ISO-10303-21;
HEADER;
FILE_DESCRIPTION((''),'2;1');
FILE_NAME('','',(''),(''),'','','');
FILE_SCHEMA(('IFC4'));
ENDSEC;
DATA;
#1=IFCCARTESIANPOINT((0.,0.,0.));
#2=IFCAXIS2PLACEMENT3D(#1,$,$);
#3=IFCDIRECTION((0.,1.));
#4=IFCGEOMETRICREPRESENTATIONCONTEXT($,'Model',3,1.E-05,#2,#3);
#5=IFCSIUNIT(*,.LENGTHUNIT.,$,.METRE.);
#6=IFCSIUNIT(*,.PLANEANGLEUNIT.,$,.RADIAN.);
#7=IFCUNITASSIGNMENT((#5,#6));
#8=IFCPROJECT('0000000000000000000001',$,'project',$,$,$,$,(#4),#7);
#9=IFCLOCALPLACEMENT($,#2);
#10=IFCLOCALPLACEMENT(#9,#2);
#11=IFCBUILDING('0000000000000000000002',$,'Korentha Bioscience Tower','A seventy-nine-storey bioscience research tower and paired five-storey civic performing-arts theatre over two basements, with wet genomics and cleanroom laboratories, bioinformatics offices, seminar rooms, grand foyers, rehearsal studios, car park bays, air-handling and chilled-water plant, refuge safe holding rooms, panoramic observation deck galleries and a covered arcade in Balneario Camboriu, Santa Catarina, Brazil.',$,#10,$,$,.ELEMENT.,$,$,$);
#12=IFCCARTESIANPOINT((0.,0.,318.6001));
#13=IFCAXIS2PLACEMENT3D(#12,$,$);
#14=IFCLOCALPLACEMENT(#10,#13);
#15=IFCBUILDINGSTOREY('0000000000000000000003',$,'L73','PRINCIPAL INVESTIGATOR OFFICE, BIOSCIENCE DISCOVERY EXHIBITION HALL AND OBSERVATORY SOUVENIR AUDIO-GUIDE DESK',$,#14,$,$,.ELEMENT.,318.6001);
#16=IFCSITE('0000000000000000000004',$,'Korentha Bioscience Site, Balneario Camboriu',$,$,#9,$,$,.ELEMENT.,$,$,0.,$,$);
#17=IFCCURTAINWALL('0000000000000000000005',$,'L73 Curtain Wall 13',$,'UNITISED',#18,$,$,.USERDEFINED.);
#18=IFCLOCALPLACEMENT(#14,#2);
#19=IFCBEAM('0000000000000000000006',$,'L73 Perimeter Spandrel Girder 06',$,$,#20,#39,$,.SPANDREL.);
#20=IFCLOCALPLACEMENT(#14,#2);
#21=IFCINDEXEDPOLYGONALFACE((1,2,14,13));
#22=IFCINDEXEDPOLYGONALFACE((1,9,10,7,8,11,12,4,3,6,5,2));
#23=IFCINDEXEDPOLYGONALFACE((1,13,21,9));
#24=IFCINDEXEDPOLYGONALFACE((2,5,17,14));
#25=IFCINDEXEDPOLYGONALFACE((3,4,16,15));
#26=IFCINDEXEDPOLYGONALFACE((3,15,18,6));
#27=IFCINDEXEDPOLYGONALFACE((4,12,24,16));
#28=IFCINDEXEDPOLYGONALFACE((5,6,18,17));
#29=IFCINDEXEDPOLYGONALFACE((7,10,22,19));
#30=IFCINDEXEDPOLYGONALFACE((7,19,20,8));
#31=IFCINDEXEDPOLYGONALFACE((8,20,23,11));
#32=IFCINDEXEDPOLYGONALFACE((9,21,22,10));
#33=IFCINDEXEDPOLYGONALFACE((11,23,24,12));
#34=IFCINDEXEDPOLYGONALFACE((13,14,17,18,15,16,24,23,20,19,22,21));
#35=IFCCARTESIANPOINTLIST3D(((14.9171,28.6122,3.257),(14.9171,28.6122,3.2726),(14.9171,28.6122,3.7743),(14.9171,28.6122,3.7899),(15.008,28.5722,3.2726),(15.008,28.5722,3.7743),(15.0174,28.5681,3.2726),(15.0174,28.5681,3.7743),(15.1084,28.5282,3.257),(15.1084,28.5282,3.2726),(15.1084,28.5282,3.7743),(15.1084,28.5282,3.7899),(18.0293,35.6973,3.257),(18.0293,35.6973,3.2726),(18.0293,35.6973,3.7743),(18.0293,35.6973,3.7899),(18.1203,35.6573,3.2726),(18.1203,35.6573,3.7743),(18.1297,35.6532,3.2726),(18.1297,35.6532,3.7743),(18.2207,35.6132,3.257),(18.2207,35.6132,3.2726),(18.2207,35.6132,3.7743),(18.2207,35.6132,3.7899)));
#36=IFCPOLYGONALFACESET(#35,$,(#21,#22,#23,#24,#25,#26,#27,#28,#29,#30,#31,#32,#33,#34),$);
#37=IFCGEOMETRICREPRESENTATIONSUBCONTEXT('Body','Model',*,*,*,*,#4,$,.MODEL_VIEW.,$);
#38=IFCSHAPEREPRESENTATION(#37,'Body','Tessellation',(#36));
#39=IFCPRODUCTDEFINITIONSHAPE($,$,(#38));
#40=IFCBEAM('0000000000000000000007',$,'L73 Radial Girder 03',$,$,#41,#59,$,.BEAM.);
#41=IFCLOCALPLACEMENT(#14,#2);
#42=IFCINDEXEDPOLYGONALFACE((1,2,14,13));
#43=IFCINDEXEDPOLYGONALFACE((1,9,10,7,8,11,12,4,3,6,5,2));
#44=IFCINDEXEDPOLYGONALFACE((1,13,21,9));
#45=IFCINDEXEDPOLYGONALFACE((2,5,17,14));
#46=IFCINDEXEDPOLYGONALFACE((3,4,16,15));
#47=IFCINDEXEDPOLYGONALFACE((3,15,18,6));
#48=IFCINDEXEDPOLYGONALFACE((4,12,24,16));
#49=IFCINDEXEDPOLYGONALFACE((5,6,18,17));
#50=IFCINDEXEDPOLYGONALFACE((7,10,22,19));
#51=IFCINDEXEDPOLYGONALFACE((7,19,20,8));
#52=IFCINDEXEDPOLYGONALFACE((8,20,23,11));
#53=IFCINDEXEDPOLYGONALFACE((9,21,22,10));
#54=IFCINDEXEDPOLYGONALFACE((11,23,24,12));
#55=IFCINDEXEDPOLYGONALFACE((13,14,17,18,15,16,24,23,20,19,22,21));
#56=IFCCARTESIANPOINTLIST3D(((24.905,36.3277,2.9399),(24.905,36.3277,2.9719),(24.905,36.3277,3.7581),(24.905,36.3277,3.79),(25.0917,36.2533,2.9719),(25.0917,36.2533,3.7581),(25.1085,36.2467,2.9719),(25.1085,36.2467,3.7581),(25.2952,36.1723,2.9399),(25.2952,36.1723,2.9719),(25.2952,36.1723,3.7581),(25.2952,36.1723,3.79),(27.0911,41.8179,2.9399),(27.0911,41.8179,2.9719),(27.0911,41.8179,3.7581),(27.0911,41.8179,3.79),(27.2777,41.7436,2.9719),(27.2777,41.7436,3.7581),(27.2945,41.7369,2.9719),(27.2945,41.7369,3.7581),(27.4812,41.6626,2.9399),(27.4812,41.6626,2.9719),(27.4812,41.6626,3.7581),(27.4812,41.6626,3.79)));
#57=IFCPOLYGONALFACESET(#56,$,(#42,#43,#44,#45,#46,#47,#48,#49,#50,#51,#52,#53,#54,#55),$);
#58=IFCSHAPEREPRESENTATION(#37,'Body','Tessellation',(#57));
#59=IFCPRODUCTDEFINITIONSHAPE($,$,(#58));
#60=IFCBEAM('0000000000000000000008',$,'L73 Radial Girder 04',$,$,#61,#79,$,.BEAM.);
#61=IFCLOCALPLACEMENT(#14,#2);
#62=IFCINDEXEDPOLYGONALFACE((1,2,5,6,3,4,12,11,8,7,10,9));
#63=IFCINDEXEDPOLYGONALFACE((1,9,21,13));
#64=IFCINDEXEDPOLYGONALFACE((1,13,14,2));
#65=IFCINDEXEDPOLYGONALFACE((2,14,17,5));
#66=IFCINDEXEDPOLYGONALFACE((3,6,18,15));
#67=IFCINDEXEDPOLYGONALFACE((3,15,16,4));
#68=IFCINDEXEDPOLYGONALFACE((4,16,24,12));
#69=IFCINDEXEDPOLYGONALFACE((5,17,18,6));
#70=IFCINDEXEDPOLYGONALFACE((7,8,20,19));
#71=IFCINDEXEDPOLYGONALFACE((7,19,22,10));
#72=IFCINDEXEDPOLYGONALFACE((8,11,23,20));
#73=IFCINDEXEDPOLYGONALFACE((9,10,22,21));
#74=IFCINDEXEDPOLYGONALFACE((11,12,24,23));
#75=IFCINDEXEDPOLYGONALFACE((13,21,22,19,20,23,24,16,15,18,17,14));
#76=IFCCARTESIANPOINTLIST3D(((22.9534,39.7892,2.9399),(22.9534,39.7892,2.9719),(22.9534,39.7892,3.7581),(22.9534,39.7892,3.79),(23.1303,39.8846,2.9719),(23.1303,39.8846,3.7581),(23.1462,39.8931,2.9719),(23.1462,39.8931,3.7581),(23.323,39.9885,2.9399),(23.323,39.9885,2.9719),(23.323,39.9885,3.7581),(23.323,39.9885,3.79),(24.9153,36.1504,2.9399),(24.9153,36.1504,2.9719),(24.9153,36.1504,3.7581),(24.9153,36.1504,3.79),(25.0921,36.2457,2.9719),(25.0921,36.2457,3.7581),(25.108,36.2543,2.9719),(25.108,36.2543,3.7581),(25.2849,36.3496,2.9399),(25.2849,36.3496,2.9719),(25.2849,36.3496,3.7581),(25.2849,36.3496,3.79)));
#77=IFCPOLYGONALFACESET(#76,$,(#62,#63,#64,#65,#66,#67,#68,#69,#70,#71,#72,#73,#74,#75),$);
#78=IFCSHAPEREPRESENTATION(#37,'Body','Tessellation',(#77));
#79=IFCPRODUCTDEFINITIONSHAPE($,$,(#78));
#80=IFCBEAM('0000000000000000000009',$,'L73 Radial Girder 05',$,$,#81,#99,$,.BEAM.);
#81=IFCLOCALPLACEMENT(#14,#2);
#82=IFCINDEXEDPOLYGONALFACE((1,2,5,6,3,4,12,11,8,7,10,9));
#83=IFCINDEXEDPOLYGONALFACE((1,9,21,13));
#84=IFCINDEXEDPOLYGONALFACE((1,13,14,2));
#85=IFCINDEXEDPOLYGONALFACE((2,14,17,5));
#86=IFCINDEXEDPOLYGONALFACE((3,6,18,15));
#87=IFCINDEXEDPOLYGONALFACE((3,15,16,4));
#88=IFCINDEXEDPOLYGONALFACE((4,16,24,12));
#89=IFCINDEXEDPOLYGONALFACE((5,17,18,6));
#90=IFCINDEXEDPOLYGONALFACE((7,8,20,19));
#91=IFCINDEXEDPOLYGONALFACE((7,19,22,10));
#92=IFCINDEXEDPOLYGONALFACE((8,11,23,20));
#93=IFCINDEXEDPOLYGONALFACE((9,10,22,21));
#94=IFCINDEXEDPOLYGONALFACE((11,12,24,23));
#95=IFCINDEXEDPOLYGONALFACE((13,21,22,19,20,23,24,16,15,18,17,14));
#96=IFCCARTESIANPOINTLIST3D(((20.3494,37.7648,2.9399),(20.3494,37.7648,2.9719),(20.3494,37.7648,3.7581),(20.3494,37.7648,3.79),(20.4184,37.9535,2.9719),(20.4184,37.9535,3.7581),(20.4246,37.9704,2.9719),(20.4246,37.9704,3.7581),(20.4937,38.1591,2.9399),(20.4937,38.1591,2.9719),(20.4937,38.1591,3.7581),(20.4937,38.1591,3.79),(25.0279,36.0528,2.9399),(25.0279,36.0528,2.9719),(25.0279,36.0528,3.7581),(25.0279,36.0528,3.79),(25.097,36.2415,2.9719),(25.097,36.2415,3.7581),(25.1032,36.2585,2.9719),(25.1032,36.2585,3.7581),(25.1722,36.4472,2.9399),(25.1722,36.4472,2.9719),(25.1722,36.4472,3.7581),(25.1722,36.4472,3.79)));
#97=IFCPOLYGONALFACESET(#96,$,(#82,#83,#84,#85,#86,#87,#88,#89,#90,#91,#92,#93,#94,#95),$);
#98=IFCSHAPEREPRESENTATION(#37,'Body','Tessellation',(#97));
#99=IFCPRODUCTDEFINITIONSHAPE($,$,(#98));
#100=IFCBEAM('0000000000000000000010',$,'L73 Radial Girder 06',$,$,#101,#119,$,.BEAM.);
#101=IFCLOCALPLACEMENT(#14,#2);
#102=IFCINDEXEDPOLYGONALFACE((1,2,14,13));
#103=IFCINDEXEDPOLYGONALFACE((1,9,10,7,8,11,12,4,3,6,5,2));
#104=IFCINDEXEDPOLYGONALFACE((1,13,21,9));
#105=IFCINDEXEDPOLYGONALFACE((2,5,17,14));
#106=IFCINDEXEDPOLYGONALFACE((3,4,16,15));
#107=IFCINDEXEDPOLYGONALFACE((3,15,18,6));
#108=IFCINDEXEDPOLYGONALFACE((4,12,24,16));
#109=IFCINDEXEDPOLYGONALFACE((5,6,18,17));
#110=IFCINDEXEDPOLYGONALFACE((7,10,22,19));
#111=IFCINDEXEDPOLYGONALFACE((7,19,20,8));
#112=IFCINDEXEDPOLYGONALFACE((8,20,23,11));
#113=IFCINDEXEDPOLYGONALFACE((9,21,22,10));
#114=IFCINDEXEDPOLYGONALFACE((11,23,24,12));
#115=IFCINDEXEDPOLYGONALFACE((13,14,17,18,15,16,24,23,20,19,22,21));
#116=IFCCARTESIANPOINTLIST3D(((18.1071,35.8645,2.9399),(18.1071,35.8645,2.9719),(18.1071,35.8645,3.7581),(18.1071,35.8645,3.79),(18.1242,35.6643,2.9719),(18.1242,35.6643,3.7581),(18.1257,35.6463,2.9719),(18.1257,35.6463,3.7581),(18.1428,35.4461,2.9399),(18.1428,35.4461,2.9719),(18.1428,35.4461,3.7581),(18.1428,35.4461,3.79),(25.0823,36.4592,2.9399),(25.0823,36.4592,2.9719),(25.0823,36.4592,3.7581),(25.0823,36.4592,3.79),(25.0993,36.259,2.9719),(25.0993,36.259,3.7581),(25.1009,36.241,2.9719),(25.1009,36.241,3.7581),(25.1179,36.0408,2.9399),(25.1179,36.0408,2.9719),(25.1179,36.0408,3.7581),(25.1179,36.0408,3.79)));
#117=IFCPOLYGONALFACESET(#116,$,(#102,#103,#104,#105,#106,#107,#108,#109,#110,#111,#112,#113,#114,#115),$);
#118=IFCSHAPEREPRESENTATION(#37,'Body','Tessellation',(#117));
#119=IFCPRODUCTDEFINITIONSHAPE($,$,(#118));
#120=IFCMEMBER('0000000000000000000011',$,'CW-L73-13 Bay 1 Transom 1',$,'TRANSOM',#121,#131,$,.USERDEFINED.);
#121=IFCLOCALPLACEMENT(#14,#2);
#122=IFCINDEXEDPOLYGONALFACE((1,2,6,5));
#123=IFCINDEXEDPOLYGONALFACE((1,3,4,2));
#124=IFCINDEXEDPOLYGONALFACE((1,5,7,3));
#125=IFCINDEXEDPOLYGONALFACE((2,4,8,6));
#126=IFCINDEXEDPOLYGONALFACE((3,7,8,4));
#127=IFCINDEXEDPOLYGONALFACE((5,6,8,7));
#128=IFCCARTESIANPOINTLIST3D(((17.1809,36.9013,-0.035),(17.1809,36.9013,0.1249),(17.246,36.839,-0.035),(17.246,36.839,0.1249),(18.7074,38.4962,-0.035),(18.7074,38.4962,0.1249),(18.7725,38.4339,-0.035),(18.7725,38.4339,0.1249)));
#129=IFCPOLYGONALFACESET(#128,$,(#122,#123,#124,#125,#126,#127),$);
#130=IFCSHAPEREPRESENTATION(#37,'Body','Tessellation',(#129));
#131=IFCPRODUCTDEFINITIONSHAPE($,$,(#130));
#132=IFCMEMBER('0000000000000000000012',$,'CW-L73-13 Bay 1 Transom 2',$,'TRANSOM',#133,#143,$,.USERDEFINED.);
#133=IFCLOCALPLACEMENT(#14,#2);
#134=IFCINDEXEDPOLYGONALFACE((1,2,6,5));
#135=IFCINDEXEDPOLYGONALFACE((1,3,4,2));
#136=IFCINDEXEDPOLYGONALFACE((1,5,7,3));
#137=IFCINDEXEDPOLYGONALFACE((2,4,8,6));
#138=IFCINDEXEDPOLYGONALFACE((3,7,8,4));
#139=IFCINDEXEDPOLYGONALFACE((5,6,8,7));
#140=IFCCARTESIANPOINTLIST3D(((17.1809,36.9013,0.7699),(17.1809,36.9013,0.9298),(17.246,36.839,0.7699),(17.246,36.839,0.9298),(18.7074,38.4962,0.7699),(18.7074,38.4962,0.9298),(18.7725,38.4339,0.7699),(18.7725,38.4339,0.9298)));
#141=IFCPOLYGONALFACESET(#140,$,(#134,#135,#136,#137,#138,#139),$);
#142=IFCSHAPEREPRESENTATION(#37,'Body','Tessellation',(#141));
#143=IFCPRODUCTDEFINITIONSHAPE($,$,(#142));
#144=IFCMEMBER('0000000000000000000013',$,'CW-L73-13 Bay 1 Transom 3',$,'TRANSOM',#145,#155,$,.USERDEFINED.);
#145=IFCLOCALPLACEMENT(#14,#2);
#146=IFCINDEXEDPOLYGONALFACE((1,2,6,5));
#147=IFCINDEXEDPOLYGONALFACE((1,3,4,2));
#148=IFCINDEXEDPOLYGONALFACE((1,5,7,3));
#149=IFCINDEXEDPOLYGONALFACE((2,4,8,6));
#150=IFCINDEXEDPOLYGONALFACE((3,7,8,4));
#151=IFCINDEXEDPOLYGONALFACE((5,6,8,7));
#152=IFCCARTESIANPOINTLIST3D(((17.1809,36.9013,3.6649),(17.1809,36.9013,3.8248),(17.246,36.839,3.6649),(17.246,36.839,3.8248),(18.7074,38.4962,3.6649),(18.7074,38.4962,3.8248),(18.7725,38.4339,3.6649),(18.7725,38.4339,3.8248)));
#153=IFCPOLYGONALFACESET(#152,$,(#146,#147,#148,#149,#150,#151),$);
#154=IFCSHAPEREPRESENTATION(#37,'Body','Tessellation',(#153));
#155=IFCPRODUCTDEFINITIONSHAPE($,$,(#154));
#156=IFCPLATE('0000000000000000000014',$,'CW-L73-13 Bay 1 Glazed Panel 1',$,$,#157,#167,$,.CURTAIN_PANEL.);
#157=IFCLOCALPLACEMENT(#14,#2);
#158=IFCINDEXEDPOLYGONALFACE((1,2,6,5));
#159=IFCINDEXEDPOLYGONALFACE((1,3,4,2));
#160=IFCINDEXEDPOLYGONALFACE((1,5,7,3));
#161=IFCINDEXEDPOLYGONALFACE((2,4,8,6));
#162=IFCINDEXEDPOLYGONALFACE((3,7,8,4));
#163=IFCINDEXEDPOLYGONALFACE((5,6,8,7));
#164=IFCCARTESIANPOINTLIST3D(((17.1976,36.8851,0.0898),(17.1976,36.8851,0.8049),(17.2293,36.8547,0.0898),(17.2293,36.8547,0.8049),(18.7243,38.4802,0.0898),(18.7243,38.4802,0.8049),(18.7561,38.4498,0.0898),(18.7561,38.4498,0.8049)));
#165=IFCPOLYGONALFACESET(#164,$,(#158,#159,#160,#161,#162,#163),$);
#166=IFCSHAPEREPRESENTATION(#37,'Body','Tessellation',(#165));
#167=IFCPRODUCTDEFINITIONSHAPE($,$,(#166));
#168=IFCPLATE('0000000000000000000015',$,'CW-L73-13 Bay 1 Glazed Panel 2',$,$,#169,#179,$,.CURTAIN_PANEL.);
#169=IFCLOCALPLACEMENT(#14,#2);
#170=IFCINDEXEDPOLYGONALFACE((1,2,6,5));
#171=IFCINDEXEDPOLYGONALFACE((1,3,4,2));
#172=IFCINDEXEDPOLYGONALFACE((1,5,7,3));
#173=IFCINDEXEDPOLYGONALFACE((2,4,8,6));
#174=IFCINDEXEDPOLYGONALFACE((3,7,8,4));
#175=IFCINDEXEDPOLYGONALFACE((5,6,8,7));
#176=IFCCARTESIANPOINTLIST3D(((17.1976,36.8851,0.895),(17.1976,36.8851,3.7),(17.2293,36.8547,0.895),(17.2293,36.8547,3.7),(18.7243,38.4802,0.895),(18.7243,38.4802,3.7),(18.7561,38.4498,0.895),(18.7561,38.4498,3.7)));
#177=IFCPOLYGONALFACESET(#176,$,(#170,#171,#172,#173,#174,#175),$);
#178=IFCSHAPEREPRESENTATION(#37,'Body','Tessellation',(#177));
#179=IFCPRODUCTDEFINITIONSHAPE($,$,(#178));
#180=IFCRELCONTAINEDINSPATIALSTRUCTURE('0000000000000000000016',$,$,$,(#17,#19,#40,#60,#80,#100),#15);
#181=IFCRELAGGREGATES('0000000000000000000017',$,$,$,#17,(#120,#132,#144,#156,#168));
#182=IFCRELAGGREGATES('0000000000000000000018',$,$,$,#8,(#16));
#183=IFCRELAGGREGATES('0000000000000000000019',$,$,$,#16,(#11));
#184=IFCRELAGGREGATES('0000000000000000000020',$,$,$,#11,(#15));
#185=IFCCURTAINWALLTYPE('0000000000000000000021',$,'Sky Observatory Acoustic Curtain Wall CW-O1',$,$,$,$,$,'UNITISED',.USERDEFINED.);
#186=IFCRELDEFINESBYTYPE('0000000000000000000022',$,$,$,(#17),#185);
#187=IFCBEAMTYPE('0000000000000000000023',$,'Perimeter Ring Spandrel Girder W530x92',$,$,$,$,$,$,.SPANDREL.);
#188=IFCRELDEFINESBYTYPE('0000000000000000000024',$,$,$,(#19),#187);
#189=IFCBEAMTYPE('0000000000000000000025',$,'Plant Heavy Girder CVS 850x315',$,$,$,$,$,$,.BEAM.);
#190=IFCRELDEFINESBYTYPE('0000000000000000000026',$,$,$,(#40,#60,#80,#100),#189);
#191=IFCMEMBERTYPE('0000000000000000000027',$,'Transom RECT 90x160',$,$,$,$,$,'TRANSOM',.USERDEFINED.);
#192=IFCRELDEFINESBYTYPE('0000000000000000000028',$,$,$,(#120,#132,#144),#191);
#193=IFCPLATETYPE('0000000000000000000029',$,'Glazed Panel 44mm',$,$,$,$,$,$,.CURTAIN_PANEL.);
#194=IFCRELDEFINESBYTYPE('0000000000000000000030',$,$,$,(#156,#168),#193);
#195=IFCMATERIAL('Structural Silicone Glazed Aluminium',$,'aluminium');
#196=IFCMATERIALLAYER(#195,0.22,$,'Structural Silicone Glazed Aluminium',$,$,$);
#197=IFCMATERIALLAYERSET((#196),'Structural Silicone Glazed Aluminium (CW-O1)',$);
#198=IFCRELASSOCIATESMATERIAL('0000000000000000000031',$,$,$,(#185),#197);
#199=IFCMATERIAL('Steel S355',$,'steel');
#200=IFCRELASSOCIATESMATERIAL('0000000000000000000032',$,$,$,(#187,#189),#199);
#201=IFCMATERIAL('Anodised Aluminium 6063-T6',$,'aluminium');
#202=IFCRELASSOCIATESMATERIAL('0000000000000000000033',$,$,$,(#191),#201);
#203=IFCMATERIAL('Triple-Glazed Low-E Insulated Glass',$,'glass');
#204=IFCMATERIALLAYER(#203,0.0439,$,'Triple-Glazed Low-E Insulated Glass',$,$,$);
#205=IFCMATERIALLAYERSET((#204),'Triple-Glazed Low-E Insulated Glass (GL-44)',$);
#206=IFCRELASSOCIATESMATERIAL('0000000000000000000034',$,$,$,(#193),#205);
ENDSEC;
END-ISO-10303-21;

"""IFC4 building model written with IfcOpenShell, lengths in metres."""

from ifc_helpers import new_model, si_unit, direction, frame, origin, origin_2d, place, context, subcontext, project, spatial, rectangle, i_section, extrude, material, layer, layer_set, material_profile, profile_set, type_object, element, aggregate, save


model = new_model("IFC4")

# Units and contexts
model_context = context("Model", 3, precision=1e-05, world=origin(), true_north=direction((0.0, 1.0)))
body_context = subcontext(model_context, "Body", "Model", "MODEL_VIEW")
ifc_project = project(units=[si_unit("LENGTHUNIT", "METRE"), si_unit("PLANEANGLEUNIT", "RADIAN")], contexts=[model_context])

# Site, building, storey
site_placement = place(None, origin())
site = spatial("IfcSite", under=ifc_project, at=site_placement, Name="Korentha Bioscience Site, Balneario Camboriu", CompositionType="ELEMENT", RefElevation=0.0)
building_placement = place(site_placement, origin())
building = spatial("IfcBuilding", under=site, at=building_placement, Name="Korentha Bioscience Tower", Description="A seventy-nine-storey bioscience research tower and paired five-storey civic performing-arts theatre over two basements, with wet genomics and cleanroom laboratories, bioinformatics offices, seminar rooms, grand foyers, rehearsal studios, car park bays, air-handling and chilled-water plant, refuge safe holding rooms, panoramic observation deck galleries and a covered arcade in Balneario Camboriu, Santa Catarina, Brazil.", CompositionType="ELEMENT")
storey_placement = place(building_placement, frame((0.0, 0.0, 318.6001)))
storey = spatial("IfcBuildingStorey", under=building, at=storey_placement, Name="L73", Description="PRINCIPAL INVESTIGATOR OFFICE, BIOSCIENCE DISCOVERY EXHIBITION HALL AND OBSERVATORY SOUVENIR AUDIO-GUIDE DESK", CompositionType="ELEMENT", Elevation=318.6001)

# Shared definitions
ifc_material_1 = material(Name="Steel S355", Category="steel")

# Curtain wall
ifc_material_2 = material(Name="Structural Silicone Glazed Aluminium", Category="aluminium")
ifc_layer_1 = layer(ifc_material_2, 0.22, Name="Structural Silicone Glazed Aluminium")
ifc_layer_set_1 = layer_set([ifc_layer_1], Name="Structural Silicone Glazed Aluminium (CW-O1)")
curtain_wall_type = type_object("IfcCurtainWallType", Name="Sky Observatory Acoustic Curtain Wall CW-O1", ElementType="UNITISED", PredefinedType="USERDEFINED", material=ifc_layer_set_1)
curtain_wall_placement = place(storey_placement, origin())
curtain_wall = element("IfcCurtainWall", 1, at=curtain_wall_placement, inside=storey, type_object=curtain_wall_type, Name="L73 Curtain Wall 13", ObjectType="UNITISED", PredefinedType="USERDEFINED")
ifc_material_3 = material(Name="Anodised Aluminium 6063-T6", Category="aluminium")

# Beams
ifc_material_profile_1 = material_profile(ifc_material_1, i_section(OverallWidth=0.209, OverallDepth=0.533, WebThickness=0.0103, FlangeThickness=0.0156, at=origin_2d()), Name="Steel S355")
ifc_profile_set_1 = profile_set([ifc_material_profile_1], Name="Steel S355 (SB-530)")
beam_type_1 = type_object("IfcBeamType", Name="Perimeter Ring Spandrel Girder W530x92", PredefinedType="SPANDREL", material=ifc_profile_set_1)
beam_1_placement = place(storey_placement, frame((18.125, 35.6553, 3.5234), z_axis=(-0.402177, -0.915562, 0.0), x_axis=(0.915562, -0.402177, 0.0)))
element("IfcBeam", 2, at=beam_1_placement, inside=storey, type_object=beam_type_1, Name="L73 Perimeter Spandrel Girder 06", PredefinedType="SPANDREL", context=body_context, shape_type="SweptSolid", body=[
    extrude(i_section(OverallWidth=0.209, OverallDepth=0.533, WebThickness=0.0103, FlangeThickness=0.0156, at=origin_2d()), origin(), (0.0, 0.0, 1.0), 7.7385),
])
ifc_material_profile_2 = material_profile(ifc_material_1, i_section(OverallWidth=0.4199, OverallDepth=0.8501, WebThickness=0.0181, FlangeThickness=0.032, at=origin_2d()), Name="Steel S355")
ifc_profile_set_2 = profile_set([ifc_material_profile_2], Name="Steel S355 (MB-850)")
beam_type_2 = type_object("IfcBeamType", Name="Plant Heavy Girder CVS 850x315", PredefinedType="BEAM", material=ifc_profile_set_2)
beam_2_placement = place(storey_placement, frame((25.1001, 36.25, 3.365), z_axis=(0.369923, 0.929062, 0.0), x_axis=(-0.929062, 0.369923, 0.0)))
element("IfcBeam", 3, at=beam_2_placement, inside=storey, type_object=beam_type_2, Name="L73 Radial Girder 03", PredefinedType="BEAM", context=body_context, shape_type="SweptSolid", body=[
    extrude(i_section(OverallWidth=0.4199, OverallDepth=0.8501, WebThickness=0.0181, FlangeThickness=0.032, at=origin_2d()), origin(), (0.0, 0.0, 1.0), 5.9094),
])
beam_3_placement = place(storey_placement, frame((25.1001, 36.25, 3.365), z_axis=(-0.474568, 0.880219, 0.0), x_axis=(-0.880219, -0.474568, 0.0)))
element("IfcBeam", 4, at=beam_3_placement, inside=storey, type_object=beam_type_2, Name="L73 Radial Girder 04", PredefinedType="BEAM", context=body_context, shape_type="SweptSolid", body=[
    extrude(i_section(OverallWidth=0.4199, OverallDepth=0.8501, WebThickness=0.0181, FlangeThickness=0.032, at=origin_2d()), origin(), (0.0, 0.0, 1.0), 4.134),
])
beam_4_placement = place(storey_placement, frame((25.1001, 36.25, 3.365), z_axis=(-0.939105, 0.343631, 0.0), x_axis=(-0.343631, -0.939105, 0.0)))
element("IfcBeam", 5, at=beam_4_placement, inside=storey, type_object=beam_type_2, Name="L73 Radial Girder 05", PredefinedType="BEAM", context=body_context, shape_type="SweptSolid", body=[
    extrude(i_section(OverallWidth=0.4199, OverallDepth=0.8501, WebThickness=0.0181, FlangeThickness=0.032, at=origin_2d()), origin(), (0.0, 0.0, 1.0), 4.9819),
])
beam_5_placement = place(storey_placement, frame((25.1001, 36.25, 3.365), z_axis=(-0.996385, -0.084956, 0.0), x_axis=(0.084956, -0.996385, 0.0)))
element("IfcBeam", 6, at=beam_5_placement, inside=storey, type_object=beam_type_2, Name="L73 Radial Girder 06", PredefinedType="BEAM", context=body_context, shape_type="SweptSolid", body=[
    extrude(i_section(OverallWidth=0.4199, OverallDepth=0.8501, WebThickness=0.0181, FlangeThickness=0.032, at=origin_2d()), origin(), (0.0, 0.0, 1.0), 7.0005),
])

# Members
ifc_material_profile_3 = material_profile(ifc_material_3, rectangle(XDim=0.0901, YDim=0.1599, at=origin_2d()), Name="Anodised Aluminium 6063-T6")
ifc_profile_set_3 = profile_set([ifc_material_profile_3], Name="Anodised Aluminium 6063-T6 (CW-TRN)")
member_type_1 = type_object("IfcMemberType", Name="Transom RECT 90x160", ElementType="TRANSOM", PredefinedType="USERDEFINED", material=ifc_profile_set_3)
member_1_placement = place(storey_placement, frame((18.74, 38.4651, 0.0449), z_axis=(-0.691456, -0.722418, 0.0), x_axis=(0.722418, -0.691456, 0.0)))
member_1 = element("IfcMember", 7, at=member_1_placement, type_object=member_type_1, Name="CW-L73-13 Bay 1 Transom 1", ObjectType="TRANSOM", PredefinedType="USERDEFINED", context=body_context, shape_type="SweptSolid", body=[
    extrude(rectangle(XDim=0.0901, YDim=0.1599, at=origin_2d()), origin(), (0.0, 0.0, 1.0), 2.2078),
])
member_2_placement = place(storey_placement, frame((18.74, 38.4651, 0.8499), z_axis=(-0.691456, -0.722418, 0.0), x_axis=(0.722418, -0.691456, 0.0)))
member_2 = element("IfcMember", 8, at=member_2_placement, type_object=member_type_1, Name="CW-L73-13 Bay 1 Transom 2", ObjectType="TRANSOM", PredefinedType="USERDEFINED", context=body_context, shape_type="SweptSolid", body=[
    extrude(rectangle(XDim=0.0901, YDim=0.1599, at=origin_2d()), origin(), (0.0, 0.0, 1.0), 2.2078),
])
member_3_placement = place(storey_placement, frame((18.74, 38.4651, 3.7449), z_axis=(-0.691456, -0.722418, 0.0), x_axis=(0.722418, -0.691456, 0.0)))
member_3 = element("IfcMember", 9, at=member_3_placement, type_object=member_type_1, Name="CW-L73-13 Bay 1 Transom 3", ObjectType="TRANSOM", PredefinedType="USERDEFINED", context=body_context, shape_type="SweptSolid", body=[
    extrude(rectangle(XDim=0.0901, YDim=0.1599, at=origin_2d()), origin(), (0.0, 0.0, 1.0), 2.2078),
])

# Plates
ifc_material_4 = material(Name="Triple-Glazed Low-E Insulated Glass", Category="glass")
ifc_layer_2 = layer(ifc_material_4, 0.0439, Name="Triple-Glazed Low-E Insulated Glass")
ifc_layer_set_2 = layer_set([ifc_layer_2], Name="Triple-Glazed Low-E Insulated Glass (GL-44)")
plate_type = type_object("IfcPlateType", Name="Glazed Panel 44mm", PredefinedType="CURTAIN_PANEL", material=ifc_layer_set_2)
plate_1_placement = place(storey_placement, frame((17.9768, 37.6675, 0.0898), z_axis=(0.0, 0.0, 1.0), x_axis=(-0.691464, -0.722411, 0.0)))
plate_1 = element("IfcPlate", 10, at=plate_1_placement, type_object=plate_type, Name="CW-L73-13 Bay 1 Glazed Panel 1", PredefinedType="CURTAIN_PANEL", context=body_context, shape_type="SweptSolid", body=[
    extrude(rectangle(XDim=2.208, YDim=0.0439, at=origin_2d()), origin(), (0.0, 0.0, 1.0), 0.7151),
])
plate_2_placement = place(storey_placement, frame((17.9768, 37.6675, 0.895), z_axis=(0.0, 0.0, 1.0), x_axis=(-0.691464, -0.722411, 0.0)))
plate_2 = element("IfcPlate", 11, at=plate_2_placement, type_object=plate_type, Name="CW-L73-13 Bay 1 Glazed Panel 2", PredefinedType="CURTAIN_PANEL", context=body_context, shape_type="SweptSolid", body=[
    extrude(rectangle(XDim=2.208, YDim=0.0439, at=origin_2d()), origin(), (0.0, 0.0, 1.0), 2.8049),
])
aggregate(curtain_wall, [member_1, member_2, member_3, plate_1, plate_2])

save(model, "model.ifc")
